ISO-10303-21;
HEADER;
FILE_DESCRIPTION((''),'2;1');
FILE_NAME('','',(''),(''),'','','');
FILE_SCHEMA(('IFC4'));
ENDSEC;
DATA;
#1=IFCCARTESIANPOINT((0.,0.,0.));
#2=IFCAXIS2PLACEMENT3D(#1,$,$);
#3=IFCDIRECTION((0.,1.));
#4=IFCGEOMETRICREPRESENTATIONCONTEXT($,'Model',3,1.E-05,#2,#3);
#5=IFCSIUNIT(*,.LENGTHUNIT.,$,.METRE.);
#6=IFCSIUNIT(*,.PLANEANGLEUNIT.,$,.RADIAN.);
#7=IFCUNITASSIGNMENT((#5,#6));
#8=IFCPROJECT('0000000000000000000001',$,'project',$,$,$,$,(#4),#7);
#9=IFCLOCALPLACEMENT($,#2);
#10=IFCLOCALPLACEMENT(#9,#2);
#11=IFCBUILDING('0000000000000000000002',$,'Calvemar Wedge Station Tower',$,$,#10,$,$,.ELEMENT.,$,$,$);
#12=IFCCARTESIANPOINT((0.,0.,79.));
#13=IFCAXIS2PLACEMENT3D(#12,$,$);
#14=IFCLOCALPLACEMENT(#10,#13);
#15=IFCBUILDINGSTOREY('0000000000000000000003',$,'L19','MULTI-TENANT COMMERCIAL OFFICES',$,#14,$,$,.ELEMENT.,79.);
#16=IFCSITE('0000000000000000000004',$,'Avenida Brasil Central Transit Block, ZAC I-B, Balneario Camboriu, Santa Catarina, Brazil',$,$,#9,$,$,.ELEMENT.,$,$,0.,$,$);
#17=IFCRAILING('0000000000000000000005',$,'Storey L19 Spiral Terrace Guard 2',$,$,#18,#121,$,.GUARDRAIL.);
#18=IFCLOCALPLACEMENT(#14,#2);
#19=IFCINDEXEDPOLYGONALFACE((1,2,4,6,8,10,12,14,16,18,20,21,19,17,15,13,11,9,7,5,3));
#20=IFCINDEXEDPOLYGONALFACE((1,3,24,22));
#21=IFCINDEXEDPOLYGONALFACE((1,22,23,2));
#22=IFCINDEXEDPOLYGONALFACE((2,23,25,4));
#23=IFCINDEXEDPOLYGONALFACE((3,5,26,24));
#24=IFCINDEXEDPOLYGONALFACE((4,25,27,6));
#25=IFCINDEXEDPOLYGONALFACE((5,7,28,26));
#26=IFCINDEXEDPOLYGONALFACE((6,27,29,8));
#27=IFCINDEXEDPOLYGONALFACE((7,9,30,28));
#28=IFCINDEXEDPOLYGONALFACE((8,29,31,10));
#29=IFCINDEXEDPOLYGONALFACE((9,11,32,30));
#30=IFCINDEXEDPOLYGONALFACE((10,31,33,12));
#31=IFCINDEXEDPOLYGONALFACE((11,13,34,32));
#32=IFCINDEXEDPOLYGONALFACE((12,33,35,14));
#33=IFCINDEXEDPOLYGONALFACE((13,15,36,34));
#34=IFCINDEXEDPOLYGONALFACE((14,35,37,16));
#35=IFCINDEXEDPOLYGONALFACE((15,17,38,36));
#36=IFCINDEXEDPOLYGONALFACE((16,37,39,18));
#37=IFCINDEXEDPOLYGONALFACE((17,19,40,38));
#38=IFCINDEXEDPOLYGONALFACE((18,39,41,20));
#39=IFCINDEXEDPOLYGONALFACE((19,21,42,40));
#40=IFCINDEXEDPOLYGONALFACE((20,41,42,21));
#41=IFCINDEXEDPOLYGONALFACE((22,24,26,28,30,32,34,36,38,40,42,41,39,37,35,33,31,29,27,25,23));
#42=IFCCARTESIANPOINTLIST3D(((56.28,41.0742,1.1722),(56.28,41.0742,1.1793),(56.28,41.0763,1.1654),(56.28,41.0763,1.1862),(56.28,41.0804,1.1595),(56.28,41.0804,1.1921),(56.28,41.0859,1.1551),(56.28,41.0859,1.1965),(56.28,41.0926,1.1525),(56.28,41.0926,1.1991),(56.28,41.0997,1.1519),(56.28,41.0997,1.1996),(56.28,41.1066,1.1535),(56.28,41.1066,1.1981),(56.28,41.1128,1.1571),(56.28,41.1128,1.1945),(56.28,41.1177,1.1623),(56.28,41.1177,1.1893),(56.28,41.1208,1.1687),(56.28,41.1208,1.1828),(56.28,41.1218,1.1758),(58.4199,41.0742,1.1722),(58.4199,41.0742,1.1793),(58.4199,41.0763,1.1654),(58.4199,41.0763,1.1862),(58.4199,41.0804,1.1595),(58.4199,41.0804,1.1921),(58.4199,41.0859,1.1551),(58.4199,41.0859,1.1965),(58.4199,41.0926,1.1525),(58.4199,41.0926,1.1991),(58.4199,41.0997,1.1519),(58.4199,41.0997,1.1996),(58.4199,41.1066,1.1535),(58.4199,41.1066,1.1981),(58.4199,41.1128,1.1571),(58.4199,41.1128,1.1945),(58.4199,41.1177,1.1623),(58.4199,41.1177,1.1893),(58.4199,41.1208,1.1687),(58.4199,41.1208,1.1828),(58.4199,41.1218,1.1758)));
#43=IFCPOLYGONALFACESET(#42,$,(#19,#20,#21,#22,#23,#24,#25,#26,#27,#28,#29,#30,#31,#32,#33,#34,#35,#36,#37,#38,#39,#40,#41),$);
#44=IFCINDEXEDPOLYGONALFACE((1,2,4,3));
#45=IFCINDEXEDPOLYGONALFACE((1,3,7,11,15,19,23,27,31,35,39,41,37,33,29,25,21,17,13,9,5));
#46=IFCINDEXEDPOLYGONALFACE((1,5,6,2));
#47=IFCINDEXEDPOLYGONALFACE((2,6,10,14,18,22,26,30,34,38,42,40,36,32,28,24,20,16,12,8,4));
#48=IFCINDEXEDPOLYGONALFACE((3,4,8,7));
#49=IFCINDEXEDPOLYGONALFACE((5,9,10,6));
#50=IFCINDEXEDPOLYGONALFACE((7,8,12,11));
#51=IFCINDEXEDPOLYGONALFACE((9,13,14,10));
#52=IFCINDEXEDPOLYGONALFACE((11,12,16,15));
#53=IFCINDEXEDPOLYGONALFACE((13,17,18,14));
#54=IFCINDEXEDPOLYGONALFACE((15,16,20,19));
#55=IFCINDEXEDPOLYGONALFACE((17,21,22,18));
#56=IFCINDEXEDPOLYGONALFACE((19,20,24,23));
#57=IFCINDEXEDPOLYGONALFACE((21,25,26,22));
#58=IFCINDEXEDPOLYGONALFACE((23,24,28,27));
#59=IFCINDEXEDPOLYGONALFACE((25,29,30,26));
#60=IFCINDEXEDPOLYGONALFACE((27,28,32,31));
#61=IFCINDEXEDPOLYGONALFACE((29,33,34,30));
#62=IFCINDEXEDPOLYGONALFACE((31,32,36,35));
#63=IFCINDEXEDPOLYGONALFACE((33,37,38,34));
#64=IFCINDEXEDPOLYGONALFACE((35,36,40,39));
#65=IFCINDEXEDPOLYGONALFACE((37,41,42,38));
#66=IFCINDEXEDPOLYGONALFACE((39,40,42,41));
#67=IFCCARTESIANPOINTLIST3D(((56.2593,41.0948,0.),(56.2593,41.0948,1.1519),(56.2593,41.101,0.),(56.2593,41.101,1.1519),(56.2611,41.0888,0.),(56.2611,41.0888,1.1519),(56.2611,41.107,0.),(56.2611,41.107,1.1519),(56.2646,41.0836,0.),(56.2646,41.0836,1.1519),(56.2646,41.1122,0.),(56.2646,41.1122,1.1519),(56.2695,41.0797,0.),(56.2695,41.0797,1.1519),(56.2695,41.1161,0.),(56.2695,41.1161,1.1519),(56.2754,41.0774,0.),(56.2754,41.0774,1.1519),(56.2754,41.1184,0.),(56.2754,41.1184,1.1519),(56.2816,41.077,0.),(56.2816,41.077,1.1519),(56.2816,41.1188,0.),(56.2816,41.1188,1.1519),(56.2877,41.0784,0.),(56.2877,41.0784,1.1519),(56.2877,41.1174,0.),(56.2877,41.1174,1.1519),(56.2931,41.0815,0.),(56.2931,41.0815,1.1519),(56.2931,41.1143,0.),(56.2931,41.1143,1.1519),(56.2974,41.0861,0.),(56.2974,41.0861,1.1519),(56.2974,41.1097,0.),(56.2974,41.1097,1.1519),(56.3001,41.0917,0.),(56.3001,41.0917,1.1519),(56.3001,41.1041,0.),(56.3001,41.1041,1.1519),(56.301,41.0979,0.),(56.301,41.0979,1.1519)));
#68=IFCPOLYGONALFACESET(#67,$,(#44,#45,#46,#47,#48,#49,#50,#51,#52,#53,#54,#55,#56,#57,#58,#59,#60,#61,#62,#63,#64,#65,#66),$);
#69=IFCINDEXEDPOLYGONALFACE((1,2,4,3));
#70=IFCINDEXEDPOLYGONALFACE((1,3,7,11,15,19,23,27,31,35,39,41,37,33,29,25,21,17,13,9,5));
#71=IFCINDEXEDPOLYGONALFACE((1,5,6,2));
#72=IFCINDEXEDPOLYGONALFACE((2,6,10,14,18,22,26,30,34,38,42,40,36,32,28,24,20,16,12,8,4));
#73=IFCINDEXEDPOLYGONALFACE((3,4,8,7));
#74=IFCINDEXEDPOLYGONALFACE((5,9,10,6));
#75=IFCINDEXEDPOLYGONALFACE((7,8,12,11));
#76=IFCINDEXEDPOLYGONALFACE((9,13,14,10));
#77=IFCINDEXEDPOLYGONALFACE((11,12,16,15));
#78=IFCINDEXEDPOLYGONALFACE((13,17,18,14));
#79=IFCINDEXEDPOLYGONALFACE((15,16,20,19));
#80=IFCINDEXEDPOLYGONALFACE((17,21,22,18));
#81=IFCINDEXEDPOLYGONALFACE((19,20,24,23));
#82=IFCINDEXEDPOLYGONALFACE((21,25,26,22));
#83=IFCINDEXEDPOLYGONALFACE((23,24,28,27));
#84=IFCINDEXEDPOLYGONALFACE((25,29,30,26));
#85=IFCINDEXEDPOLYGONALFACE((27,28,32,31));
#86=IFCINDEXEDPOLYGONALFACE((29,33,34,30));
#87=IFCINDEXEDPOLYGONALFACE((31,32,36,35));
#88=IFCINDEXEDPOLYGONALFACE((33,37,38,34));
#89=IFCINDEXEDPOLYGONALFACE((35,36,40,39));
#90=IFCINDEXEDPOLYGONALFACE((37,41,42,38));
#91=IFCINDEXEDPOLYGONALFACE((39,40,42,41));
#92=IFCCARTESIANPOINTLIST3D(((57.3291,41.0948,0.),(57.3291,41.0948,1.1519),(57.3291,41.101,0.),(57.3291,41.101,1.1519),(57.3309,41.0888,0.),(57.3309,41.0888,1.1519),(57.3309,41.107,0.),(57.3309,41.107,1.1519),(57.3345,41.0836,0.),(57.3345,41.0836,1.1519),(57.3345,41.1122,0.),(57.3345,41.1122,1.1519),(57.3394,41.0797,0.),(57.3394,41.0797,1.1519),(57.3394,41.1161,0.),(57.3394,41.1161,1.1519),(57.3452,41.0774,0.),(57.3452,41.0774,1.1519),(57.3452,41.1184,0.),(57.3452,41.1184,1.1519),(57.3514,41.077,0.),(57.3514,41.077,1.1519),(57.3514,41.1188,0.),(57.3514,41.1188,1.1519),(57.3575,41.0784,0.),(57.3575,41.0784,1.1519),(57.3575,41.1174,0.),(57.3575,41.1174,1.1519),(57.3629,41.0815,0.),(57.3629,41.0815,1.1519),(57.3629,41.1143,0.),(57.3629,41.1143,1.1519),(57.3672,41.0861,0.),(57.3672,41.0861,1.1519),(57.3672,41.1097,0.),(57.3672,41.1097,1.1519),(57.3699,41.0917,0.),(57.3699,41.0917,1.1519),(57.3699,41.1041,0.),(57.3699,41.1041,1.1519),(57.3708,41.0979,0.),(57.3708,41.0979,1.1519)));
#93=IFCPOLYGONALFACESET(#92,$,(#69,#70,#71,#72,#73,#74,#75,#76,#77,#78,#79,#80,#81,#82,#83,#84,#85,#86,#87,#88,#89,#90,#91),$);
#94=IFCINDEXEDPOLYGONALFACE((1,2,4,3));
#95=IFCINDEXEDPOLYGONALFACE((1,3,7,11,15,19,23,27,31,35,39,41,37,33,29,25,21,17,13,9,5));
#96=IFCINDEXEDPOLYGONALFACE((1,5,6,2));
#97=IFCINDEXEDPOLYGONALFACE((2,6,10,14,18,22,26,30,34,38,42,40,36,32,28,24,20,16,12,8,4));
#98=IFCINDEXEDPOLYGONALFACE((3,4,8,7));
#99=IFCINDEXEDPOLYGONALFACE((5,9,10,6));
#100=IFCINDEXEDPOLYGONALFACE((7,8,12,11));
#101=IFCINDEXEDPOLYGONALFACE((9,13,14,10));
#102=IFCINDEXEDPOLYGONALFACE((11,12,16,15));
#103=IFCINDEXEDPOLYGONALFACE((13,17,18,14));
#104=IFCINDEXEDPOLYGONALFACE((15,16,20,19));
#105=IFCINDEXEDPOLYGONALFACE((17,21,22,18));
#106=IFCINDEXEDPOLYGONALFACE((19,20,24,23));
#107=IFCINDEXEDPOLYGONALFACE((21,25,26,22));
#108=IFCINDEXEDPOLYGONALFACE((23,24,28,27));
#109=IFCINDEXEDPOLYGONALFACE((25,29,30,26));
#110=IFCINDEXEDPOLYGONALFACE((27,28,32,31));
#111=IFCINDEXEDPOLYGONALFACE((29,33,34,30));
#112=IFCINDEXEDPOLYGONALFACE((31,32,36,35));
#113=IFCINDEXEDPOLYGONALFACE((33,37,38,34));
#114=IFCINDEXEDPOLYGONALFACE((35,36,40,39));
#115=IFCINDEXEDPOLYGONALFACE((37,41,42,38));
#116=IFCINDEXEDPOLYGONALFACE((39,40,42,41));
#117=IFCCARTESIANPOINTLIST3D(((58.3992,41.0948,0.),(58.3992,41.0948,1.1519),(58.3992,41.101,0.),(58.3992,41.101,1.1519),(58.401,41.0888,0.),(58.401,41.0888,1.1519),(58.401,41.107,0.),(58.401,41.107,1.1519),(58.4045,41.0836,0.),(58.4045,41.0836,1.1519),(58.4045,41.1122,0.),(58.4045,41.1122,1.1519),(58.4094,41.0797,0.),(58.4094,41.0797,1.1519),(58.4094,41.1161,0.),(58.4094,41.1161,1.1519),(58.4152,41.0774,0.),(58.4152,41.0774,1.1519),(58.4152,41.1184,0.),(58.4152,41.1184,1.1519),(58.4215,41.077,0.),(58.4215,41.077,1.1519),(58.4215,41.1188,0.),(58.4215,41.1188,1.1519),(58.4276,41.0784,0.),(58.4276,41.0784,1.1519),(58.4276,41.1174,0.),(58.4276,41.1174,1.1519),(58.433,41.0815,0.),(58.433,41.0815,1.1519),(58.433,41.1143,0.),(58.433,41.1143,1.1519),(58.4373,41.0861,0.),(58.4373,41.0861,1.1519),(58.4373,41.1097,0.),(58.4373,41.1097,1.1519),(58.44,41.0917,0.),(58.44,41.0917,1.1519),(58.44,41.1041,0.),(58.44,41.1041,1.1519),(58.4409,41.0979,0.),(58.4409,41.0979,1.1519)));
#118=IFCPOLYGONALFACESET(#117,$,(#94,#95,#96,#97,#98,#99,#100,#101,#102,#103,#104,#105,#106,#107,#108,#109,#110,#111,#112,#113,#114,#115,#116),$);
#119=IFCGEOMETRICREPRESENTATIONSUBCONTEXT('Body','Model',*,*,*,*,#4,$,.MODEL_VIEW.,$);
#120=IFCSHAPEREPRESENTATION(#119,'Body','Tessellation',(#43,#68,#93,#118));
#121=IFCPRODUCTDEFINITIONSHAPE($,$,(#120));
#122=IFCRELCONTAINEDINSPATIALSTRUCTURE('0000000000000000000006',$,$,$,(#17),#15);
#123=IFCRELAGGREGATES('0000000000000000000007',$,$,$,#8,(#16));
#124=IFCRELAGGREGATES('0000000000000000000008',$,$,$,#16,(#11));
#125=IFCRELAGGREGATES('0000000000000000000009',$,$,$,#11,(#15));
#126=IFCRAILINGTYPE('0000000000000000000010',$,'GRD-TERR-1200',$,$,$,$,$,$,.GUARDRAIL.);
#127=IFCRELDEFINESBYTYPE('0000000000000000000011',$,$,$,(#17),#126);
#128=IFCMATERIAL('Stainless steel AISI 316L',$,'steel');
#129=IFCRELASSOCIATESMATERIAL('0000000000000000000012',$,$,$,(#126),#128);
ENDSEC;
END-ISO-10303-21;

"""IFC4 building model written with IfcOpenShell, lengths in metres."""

from ifc_helpers import new_model, si_unit, direction, frame, origin, origin_2d, place, context, subcontext, project, spatial, circle, extrude, material, type_object, element, save


model = new_model("IFC4")

# Units and contexts
model_context = context("Model", 3, precision=1e-05, world=origin(), true_north=direction((0.0, 1.0)))
body_context = subcontext(model_context, "Body", "Model", "MODEL_VIEW")
ifc_project = project(units=[si_unit("LENGTHUNIT", "METRE"), si_unit("PLANEANGLEUNIT", "RADIAN")], contexts=[model_context])

# Site, building, storey
site_placement = place(None, origin())
site = spatial("IfcSite", under=ifc_project, at=site_placement, Name="Avenida Brasil Central Transit Block, ZAC I-B, Balneario Camboriu, Santa Catarina, Brazil", CompositionType="ELEMENT", RefElevation=0.0)
building_placement = place(site_placement, origin())
building = spatial("IfcBuilding", under=site, at=building_placement, Name="Calvemar Wedge Station Tower", CompositionType="ELEMENT")
storey_placement = place(building_placement, frame((0.0, 0.0, 79.0)))
storey = spatial("IfcBuildingStorey", under=building, at=storey_placement, Name="L19", Description="MULTI-TENANT COMMERCIAL OFFICES", CompositionType="ELEMENT", Elevation=79.0)

# Railing
ifc_material_1 = material(Name="Stainless steel AISI 316L", Category="steel")
railing_type = type_object("IfcRailingType", Name="GRD-TERR-1200", PredefinedType="GUARDRAIL", material=ifc_material_1)
railing_1_placement = place(storey_placement, frame((56.28, 41.0979, 0.0)))
element("IfcRailing", 1, at=railing_1_placement, inside=storey, type_object=railing_type, Name="Storey L19 Spiral Terrace Guard 2", PredefinedType="GUARDRAIL", context=body_context, shape_type="SweptSolid", body=[
    extrude(circle(Radius=0.0239, at=origin_2d()), frame((0.0, 0.0, 1.1758), z_axis=(1.0, 0.0, 0.0), x_axis=(0.0, 1.0, 0.0)), (0.0, 0.0, 1.0), 2.1399),
    extrude(circle(Radius=0.021, at=origin_2d()), origin(), (0.0, 0.0, 1.0), 1.1519),
    extrude(circle(Radius=0.021, at=origin_2d()), frame((1.0698, 0.0, 0.0)), (0.0, 0.0, 1.0), 1.1519),
    extrude(circle(Radius=0.021, at=origin_2d()), frame((2.1399, 0.0, 0.0)), (0.0, 0.0, 1.0), 1.1519),
])

save(model, "model.ifc")
